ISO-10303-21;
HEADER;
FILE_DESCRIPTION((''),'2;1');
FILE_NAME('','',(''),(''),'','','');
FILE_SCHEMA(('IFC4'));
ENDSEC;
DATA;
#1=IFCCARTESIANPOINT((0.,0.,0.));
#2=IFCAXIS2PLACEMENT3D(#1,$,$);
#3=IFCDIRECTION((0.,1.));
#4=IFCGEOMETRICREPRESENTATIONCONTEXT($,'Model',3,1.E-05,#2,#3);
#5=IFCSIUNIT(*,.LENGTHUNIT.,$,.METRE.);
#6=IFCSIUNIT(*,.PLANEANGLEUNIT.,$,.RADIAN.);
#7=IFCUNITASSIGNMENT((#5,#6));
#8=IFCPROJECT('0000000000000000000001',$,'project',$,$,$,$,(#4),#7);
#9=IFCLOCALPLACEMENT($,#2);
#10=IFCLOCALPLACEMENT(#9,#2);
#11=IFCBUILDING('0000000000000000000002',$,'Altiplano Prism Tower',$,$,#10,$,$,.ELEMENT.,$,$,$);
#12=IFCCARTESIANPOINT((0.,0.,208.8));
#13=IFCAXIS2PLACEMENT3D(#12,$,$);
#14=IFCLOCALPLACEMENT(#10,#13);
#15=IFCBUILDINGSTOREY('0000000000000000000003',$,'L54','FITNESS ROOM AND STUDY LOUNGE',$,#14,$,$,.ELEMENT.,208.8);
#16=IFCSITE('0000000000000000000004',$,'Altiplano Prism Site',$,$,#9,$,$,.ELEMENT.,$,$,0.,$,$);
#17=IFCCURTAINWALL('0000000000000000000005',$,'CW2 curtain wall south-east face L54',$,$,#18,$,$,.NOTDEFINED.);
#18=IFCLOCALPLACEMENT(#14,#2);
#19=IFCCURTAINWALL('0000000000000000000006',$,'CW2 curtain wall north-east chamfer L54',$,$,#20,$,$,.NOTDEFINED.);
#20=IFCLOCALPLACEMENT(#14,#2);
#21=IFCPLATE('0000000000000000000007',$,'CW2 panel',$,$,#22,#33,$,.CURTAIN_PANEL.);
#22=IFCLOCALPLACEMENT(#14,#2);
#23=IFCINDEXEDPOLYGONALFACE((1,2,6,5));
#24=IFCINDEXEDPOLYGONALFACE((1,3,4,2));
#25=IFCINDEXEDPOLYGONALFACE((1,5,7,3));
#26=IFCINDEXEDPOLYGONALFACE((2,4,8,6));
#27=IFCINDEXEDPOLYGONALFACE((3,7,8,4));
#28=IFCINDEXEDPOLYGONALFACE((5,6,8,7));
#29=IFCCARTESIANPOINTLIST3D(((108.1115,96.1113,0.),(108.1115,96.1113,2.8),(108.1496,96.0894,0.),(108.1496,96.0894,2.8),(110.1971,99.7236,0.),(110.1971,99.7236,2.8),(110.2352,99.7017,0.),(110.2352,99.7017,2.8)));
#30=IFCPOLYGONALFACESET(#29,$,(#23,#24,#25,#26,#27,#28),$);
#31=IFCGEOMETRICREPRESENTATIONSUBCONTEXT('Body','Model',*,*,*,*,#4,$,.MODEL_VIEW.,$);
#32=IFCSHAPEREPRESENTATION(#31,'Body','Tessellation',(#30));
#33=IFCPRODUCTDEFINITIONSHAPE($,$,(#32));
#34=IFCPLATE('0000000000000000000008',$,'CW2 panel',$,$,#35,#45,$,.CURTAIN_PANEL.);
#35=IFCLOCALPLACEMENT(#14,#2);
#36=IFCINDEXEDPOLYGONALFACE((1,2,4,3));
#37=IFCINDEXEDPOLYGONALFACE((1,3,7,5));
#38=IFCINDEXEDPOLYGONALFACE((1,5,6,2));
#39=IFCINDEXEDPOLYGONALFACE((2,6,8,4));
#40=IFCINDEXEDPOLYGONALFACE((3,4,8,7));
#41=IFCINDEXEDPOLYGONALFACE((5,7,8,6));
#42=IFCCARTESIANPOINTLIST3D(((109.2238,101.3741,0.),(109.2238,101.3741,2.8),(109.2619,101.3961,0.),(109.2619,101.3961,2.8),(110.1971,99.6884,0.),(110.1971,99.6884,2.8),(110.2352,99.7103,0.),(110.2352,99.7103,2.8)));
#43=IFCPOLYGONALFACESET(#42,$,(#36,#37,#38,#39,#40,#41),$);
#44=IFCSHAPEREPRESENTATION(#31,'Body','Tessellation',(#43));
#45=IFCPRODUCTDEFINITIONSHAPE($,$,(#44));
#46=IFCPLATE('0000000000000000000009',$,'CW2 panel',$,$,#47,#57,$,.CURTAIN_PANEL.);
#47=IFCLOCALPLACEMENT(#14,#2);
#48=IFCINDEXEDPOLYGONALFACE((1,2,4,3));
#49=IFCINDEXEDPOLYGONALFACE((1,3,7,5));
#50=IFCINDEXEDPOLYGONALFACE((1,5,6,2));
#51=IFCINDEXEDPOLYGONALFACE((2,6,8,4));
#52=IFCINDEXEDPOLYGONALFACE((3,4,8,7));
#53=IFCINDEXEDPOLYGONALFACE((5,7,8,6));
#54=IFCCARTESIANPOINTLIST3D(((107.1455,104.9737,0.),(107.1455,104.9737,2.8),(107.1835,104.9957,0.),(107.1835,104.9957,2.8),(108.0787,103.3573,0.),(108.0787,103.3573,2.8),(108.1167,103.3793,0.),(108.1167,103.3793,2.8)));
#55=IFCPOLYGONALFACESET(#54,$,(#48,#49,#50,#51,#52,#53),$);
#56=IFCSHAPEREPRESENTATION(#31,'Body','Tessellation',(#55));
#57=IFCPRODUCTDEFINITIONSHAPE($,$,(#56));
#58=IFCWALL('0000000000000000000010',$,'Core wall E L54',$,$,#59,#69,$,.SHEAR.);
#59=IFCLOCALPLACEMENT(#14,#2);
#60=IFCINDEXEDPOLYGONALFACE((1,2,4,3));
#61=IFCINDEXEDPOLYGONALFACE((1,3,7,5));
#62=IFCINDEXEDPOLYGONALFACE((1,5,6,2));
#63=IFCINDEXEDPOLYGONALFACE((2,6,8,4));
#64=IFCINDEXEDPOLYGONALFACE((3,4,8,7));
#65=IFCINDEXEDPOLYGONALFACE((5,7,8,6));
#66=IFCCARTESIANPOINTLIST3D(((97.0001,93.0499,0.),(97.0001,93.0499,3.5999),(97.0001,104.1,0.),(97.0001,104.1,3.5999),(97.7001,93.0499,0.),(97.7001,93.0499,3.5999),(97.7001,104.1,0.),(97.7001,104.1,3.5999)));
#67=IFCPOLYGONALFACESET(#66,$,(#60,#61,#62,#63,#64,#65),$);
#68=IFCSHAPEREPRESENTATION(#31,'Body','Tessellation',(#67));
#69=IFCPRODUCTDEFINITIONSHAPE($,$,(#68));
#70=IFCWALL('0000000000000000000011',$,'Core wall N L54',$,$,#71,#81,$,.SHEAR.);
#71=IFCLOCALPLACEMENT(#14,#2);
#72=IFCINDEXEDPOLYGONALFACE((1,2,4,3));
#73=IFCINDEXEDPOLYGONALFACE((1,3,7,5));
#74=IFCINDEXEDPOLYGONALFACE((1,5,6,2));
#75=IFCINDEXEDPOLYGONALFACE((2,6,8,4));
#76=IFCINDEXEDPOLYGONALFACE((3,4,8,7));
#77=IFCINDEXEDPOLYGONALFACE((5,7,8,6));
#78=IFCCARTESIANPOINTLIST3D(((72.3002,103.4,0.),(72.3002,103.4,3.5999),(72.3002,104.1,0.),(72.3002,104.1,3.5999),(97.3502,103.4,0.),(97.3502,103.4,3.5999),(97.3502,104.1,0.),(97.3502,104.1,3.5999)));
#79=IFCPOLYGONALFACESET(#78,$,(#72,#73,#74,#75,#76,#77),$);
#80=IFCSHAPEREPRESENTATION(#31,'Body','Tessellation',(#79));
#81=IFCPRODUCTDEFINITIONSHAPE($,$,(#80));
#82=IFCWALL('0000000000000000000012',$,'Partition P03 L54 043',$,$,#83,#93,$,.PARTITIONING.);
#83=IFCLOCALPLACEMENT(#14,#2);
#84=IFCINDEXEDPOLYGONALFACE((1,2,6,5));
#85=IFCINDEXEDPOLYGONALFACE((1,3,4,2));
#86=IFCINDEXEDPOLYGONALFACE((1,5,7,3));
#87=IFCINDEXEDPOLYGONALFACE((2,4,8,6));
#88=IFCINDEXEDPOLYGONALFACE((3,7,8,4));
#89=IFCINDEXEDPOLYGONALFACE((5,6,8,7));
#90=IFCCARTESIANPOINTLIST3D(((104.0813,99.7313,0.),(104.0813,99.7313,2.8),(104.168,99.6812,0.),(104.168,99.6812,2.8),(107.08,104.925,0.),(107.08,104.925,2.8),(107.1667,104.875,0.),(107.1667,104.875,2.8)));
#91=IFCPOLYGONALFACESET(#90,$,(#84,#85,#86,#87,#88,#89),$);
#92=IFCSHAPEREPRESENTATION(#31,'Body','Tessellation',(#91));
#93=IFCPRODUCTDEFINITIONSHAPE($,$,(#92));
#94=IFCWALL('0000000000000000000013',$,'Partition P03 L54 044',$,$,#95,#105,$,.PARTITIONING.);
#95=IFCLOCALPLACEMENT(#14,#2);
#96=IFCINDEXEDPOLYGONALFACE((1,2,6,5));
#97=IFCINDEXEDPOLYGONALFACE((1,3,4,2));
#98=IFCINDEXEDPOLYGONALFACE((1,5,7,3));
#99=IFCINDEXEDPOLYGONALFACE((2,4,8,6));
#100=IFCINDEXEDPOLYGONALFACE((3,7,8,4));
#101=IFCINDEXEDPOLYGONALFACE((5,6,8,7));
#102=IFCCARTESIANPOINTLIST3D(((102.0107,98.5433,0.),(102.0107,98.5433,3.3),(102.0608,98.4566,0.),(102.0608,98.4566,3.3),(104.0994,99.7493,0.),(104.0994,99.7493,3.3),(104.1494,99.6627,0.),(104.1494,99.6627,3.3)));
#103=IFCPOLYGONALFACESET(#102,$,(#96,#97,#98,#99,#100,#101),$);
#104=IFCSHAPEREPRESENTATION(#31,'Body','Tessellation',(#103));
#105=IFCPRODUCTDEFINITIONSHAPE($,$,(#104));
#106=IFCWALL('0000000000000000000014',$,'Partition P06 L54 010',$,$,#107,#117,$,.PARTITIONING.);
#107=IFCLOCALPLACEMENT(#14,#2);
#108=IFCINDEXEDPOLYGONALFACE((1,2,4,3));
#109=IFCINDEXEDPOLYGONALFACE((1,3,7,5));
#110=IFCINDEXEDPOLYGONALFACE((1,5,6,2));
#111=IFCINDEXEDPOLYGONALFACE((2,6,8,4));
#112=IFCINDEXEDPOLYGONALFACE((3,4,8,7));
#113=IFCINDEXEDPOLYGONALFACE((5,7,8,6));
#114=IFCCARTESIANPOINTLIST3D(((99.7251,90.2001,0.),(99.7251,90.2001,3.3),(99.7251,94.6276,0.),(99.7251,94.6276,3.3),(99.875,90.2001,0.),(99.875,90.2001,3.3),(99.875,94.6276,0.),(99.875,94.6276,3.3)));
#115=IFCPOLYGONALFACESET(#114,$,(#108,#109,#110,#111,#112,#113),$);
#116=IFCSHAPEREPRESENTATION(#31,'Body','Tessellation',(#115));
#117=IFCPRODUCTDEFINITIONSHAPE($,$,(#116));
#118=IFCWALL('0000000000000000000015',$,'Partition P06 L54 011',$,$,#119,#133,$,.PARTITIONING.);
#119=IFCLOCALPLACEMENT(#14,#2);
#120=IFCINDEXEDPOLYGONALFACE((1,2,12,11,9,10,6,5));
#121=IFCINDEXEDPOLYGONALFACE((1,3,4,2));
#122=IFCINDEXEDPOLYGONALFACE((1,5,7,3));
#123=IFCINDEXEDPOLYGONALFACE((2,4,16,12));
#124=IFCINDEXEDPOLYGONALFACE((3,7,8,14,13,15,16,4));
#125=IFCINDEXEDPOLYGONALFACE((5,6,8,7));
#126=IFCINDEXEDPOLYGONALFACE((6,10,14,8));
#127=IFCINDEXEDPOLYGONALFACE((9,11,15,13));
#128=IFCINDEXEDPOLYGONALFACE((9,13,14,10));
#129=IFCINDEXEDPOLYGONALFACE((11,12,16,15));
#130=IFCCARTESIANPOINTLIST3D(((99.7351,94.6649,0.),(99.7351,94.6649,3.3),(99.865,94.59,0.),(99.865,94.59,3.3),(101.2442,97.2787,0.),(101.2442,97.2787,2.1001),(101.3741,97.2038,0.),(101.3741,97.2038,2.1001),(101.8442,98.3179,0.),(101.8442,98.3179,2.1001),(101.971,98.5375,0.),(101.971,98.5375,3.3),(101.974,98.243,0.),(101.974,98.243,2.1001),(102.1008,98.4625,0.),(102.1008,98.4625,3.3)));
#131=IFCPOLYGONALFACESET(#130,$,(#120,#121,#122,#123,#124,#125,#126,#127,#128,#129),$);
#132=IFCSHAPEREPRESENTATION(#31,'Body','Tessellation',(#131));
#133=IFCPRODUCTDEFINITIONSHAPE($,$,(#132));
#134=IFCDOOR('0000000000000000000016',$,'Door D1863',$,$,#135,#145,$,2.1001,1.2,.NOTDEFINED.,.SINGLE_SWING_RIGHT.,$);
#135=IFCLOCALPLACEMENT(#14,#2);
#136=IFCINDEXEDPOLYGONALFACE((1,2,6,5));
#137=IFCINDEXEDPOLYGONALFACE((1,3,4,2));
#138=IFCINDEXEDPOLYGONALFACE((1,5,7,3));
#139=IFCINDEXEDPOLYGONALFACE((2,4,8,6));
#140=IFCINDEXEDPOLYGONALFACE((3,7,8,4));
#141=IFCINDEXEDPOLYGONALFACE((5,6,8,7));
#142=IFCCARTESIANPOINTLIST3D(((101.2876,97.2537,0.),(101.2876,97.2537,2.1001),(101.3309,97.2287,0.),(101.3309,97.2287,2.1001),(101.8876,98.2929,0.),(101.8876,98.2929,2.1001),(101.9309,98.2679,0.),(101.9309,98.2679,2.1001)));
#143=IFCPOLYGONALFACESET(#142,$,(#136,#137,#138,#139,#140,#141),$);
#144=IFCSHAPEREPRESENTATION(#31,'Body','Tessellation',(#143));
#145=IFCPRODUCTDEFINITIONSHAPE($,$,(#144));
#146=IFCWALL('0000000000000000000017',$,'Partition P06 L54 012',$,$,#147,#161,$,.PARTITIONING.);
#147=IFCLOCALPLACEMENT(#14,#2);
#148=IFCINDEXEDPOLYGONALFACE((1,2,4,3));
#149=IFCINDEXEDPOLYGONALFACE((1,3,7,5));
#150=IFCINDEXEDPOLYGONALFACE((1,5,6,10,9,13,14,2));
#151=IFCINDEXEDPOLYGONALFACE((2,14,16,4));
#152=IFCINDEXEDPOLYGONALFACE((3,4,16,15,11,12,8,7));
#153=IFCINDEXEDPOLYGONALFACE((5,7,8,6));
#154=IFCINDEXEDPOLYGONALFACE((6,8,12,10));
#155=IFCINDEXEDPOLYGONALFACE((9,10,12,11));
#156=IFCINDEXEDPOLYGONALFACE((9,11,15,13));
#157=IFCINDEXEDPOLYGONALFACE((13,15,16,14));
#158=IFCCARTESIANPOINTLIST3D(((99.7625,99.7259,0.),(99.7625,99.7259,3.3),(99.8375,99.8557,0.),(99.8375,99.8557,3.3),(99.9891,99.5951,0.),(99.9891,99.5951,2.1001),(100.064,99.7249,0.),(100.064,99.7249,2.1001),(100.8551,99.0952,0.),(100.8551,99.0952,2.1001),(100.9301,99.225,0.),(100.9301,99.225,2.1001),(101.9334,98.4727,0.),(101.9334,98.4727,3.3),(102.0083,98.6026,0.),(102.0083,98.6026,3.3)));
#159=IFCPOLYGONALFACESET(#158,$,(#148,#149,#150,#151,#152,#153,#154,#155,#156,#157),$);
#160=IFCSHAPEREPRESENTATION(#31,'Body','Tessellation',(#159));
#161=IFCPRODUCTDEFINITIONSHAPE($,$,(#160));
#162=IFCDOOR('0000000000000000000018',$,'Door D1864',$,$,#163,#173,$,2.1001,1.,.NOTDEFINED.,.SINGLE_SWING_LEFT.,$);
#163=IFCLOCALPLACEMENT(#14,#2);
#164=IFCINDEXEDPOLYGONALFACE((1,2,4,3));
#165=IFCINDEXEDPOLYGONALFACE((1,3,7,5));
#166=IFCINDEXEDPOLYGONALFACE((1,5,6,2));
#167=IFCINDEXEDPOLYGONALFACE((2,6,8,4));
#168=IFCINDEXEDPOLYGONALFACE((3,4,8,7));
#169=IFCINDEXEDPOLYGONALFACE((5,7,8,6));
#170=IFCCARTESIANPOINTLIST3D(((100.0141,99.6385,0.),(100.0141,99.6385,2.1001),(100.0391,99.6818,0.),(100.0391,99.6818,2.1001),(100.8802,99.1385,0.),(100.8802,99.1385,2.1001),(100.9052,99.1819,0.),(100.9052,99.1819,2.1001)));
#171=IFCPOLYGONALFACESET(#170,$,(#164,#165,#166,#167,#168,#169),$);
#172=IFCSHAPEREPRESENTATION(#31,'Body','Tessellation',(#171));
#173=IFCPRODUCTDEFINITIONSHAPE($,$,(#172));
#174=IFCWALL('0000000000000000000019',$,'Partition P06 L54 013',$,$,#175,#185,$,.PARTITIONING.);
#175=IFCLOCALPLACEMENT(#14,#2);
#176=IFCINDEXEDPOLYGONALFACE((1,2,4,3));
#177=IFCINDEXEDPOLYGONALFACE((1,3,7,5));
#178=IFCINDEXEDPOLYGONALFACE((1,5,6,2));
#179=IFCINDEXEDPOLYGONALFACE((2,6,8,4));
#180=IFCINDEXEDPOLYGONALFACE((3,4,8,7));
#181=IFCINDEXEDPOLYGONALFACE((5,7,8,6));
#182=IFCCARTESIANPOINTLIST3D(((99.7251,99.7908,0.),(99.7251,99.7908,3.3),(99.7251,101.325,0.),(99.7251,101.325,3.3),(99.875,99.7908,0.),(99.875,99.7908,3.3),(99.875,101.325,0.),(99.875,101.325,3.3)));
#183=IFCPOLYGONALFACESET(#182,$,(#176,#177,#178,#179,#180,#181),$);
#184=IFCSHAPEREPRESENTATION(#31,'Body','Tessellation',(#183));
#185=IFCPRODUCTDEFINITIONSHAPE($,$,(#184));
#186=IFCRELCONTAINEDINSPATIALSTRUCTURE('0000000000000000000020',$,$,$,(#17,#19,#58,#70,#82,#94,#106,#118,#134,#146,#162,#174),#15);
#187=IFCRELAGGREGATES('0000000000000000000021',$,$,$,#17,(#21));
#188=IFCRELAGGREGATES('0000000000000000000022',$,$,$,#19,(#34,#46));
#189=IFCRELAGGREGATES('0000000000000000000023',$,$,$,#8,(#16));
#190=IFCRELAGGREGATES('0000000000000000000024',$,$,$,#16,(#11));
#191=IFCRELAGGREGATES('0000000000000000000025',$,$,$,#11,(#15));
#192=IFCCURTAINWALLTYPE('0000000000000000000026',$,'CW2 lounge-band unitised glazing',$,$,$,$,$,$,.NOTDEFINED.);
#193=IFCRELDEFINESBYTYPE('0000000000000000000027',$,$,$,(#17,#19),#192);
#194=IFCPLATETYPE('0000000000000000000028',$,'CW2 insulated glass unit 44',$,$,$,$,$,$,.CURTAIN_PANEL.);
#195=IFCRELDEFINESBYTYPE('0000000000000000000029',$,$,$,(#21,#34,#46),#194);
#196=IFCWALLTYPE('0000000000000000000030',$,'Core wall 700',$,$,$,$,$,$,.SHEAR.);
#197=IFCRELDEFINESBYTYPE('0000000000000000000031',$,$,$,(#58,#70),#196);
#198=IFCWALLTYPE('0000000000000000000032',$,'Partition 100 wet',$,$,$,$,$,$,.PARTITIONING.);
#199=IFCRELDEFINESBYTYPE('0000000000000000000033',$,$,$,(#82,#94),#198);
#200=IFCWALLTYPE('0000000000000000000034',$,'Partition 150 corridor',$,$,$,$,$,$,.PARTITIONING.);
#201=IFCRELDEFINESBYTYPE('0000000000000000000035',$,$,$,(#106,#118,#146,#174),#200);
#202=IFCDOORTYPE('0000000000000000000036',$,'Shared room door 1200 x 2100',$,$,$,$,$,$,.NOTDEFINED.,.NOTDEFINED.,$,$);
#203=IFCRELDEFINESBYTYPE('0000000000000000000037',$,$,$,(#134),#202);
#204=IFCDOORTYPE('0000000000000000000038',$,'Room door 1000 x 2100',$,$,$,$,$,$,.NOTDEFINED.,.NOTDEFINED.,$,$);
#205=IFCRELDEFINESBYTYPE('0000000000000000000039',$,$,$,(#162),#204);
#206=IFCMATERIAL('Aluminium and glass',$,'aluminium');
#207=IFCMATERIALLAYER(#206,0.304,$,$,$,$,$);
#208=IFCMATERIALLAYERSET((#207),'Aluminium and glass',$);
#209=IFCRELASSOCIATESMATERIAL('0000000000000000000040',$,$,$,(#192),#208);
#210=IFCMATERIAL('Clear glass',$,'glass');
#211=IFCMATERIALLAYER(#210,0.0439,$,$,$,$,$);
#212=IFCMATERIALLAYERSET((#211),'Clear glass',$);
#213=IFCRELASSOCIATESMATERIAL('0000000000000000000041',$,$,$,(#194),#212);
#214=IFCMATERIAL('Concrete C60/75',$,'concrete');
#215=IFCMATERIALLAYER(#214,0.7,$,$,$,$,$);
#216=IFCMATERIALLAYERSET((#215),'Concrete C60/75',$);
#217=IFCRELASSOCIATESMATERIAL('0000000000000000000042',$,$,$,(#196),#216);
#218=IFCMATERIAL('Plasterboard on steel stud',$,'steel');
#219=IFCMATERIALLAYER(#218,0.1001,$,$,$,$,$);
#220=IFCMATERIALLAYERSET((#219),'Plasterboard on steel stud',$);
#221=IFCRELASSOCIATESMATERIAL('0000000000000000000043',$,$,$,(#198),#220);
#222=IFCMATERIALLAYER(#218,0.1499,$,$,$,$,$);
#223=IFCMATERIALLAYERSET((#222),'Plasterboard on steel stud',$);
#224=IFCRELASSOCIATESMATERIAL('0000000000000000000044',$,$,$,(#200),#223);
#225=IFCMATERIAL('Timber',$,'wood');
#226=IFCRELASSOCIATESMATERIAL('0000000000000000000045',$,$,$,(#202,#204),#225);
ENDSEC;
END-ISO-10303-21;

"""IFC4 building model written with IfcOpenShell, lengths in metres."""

from ifc_helpers import new_model, si_unit, direction, frame, frame_2d, origin, origin_2d, place, context, subcontext, project, spatial, rectangle, extrude, material, layer, layer_set, type_object, element, fill, aggregate, save


model = new_model("IFC4")

# Units and contexts
model_context = context("Model", 3, precision=1e-05, world=origin(), true_north=direction((0.0, 1.0)))
body_context = subcontext(model_context, "Body", "Model", "MODEL_VIEW")
ifc_project = project(units=[si_unit("LENGTHUNIT", "METRE"), si_unit("PLANEANGLEUNIT", "RADIAN")], contexts=[model_context])

# Site, building, storey
site_placement = place(None, origin())
site = spatial("IfcSite", under=ifc_project, at=site_placement, Name="Altiplano Prism Site", CompositionType="ELEMENT", RefElevation=0.0)
building_placement = place(site_placement, origin())
building = spatial("IfcBuilding", under=site, at=building_placement, Name="Altiplano Prism Tower", CompositionType="ELEMENT")
storey_placement = place(building_placement, frame((0.0, 0.0, 208.8)))
storey = spatial("IfcBuildingStorey", under=building, at=storey_placement, Name="L54", Description="FITNESS ROOM AND STUDY LOUNGE", CompositionType="ELEMENT", Elevation=208.8)

# Shared definitions
ifc_material_1 = material(Name="Concrete C60/75", Category="concrete")

# Curtain walls
ifc_material_2 = material(Name="Aluminium and glass", Category="aluminium")
ifc_layer_1 = layer(ifc_material_2, 0.304)
ifc_layer_set_1 = layer_set([ifc_layer_1], Name="Aluminium and glass")
curtain_wall_type = type_object("IfcCurtainWallType", Name="CW2 lounge-band unitised glazing", PredefinedType="NOTDEFINED", material=ifc_layer_set_1)
curtain_wall_1_placement = place(storey_placement, origin())
curtain_wall_1 = element("IfcCurtainWall", 1, at=curtain_wall_1_placement, inside=storey, type_object=curtain_wall_type, Name="CW2 curtain wall south-east face L54", PredefinedType="NOTDEFINED")
curtain_wall_2_placement = place(storey_placement, origin())
curtain_wall_2 = element("IfcCurtainWall", 2, at=curtain_wall_2_placement, inside=storey, type_object=curtain_wall_type, Name="CW2 curtain wall north-east chamfer L54", PredefinedType="NOTDEFINED")

# Plates
ifc_material_3 = material(Name="Clear glass", Category="glass")
ifc_layer_2 = layer(ifc_material_3, 0.0439)
ifc_layer_set_2 = layer_set([ifc_layer_2], Name="Clear glass")
plate_type = type_object("IfcPlateType", Name="CW2 insulated glass unit 44", PredefinedType="CURTAIN_PANEL", material=ifc_layer_set_2)
plate_1_placement = place(storey_placement, frame((109.1733, 97.9065, 0.0), z_axis=(0.0, 0.0, 1.0), x_axis=(0.5, 0.866025, 0.0)))
plate_1 = element("IfcPlate", 3, at=plate_1_placement, type_object=plate_type, Name="CW2 panel", PredefinedType="CURTAIN_PANEL", context=body_context, shape_type="SweptSolid", body=[
    extrude(rectangle(XDim=4.1711, YDim=0.0439, at=origin_2d()), origin(), (0.0, 0.0, 1.0), 2.8),
])
aggregate(curtain_wall_1, [plate_1])
plate_2_placement = place(storey_placement, frame((109.7295, 100.5422, 0.0), z_axis=(0.0, 0.0, 1.0), x_axis=(-0.5, 0.866025, 0.0)))
plate_2 = element("IfcPlate", 4, at=plate_2_placement, type_object=plate_type, Name="CW2 panel", PredefinedType="CURTAIN_PANEL", context=body_context, shape_type="SweptSolid", body=[
    extrude(rectangle(XDim=1.9465, YDim=0.0439, at=origin_2d()), origin(), (0.0, 0.0, 1.0), 2.8),
])
plate_3_placement = place(storey_placement, frame((107.6311, 104.1765, 0.0), z_axis=(0.0, 0.0, 1.0), x_axis=(-0.5, 0.866025, 0.0)))
plate_3 = element("IfcPlate", 5, at=plate_3_placement, type_object=plate_type, Name="CW2 panel", PredefinedType="CURTAIN_PANEL", context=body_context, shape_type="SweptSolid", body=[
    extrude(rectangle(XDim=1.8665, YDim=0.0439, at=origin_2d()), origin(), (0.0, 0.0, 1.0), 2.8),
])
aggregate(curtain_wall_2, [plate_2, plate_3])

# Walls
ifc_layer_3 = layer(ifc_material_1, 0.7)
ifc_layer_set_3 = layer_set([ifc_layer_3], Name="Concrete C60/75")
wall_type_1 = type_object("IfcWallType", Name="Core wall 700", PredefinedType="SHEAR", material=ifc_layer_set_3)
wall_1_placement = place(storey_placement, frame((97.3501, 93.05, 0.0), z_axis=(0.0, 0.0, 1.0), x_axis=(0.0, 1.0, 0.0)))
element("IfcWall", 6, at=wall_1_placement, inside=storey, type_object=wall_type_1, Name="Core wall E L54", PredefinedType="SHEAR", context=body_context, shape_type="SweptSolid", body=[
    extrude(rectangle(XDim=11.05, YDim=0.7, at=frame_2d((5.5249, 0.0))), origin(), (0.0, 0.0, 1.0), 3.5999),
])
wall_2_placement = place(storey_placement, frame((97.3501, 103.75, 0.0), z_axis=(0.0, 0.0, 1.0), x_axis=(-1.0, 0.0, 0.0)))
element("IfcWall", 7, at=wall_2_placement, inside=storey, type_object=wall_type_1, Name="Core wall N L54", PredefinedType="SHEAR", context=body_context, shape_type="SweptSolid", body=[
    extrude(rectangle(XDim=25.05, YDim=0.7, at=frame_2d((12.5249, 0.0))), origin(), (0.0, 0.0, 1.0), 3.5999),
])
ifc_material_4 = material(Name="Plasterboard on steel stud", Category="steel")
ifc_layer_4 = layer(ifc_material_4, 0.1001)
ifc_layer_set_4 = layer_set([ifc_layer_4], Name="Plasterboard on steel stud")
wall_type_2 = type_object("IfcWallType", Name="Partition 100 wet", PredefinedType="PARTITIONING", material=ifc_layer_set_4)
wall_3_placement = place(storey_placement, frame((107.1233, 104.8999, 0.0), z_axis=(0.0, 0.0, 1.0), x_axis=(-0.500014, -0.866017, 0.0)))
element("IfcWall", 8, at=wall_3_placement, inside=storey, type_object=wall_type_2, Name="Partition P03 L54 043", PredefinedType="PARTITIONING", context=body_context, shape_type="SweptSolid", body=[
    extrude(rectangle(XDim=5.9973, YDim=0.1001, at=frame_2d((2.9985, 0.0))), origin(), (0.0, 0.0, 1.0), 2.8),
])
wall_4_placement = place(storey_placement, frame((104.1245, 99.7061, 0.0), z_axis=(0.0, 0.0, 1.0), x_axis=(-0.865992, -0.500058, 0.0)))
element("IfcWall", 9, at=wall_4_placement, inside=storey, type_object=wall_type_2, Name="Partition P03 L54 044", PredefinedType="PARTITIONING", context=body_context, shape_type="SweptSolid", body=[
    extrude(rectangle(XDim=2.4119, YDim=0.1001, at=frame_2d((1.2061, 0.0))), origin(), (0.0, 0.0, 1.0), 3.3),
])
ifc_layer_5 = layer(ifc_material_4, 0.1499)
ifc_layer_set_5 = layer_set([ifc_layer_5], Name="Plasterboard on steel stud")
wall_type_3 = type_object("IfcWallType", Name="Partition 150 corridor", PredefinedType="PARTITIONING", material=ifc_layer_set_5)
wall_5_placement = place(storey_placement, frame((99.8, 90.2, 0.0), z_axis=(0.0, 0.0, 1.0), x_axis=(0.0, 1.0, 0.0)))
element("IfcWall", 10, at=wall_5_placement, inside=storey, type_object=wall_type_3, Name="Partition P06 L54 010", PredefinedType="PARTITIONING", context=body_context, shape_type="SweptSolid", body=[
    extrude(rectangle(XDim=4.4275, YDim=0.1499, at=frame_2d((2.2139, 0.0))), origin(), (0.0, 0.0, 1.0), 3.3),
])

# Walls, openings, doors
wall_6_placement = place(storey_placement, frame((99.8, 94.6274, 0.0), z_axis=(0.0, 0.0, 1.0), x_axis=(0.500003, 0.866024, 0.0)))
wall_6 = element("IfcWall", 11, at=wall_6_placement, inside=storey, type_object=wall_type_3, Name="Partition P06 L54 011", PredefinedType="PARTITIONING", context=body_context, shape_type="SweptSolid", body=[
    extrude(rectangle(XDim=4.4717, YDim=0.1499, at=frame_2d((2.2358, 0.0))), origin(), (0.0, 0.0, 1.0), 3.3),
])
opening_1_placement = place(wall_6_placement, frame((3.0181, 0.0, 0.0)))
opening_1 = element("IfcOpeningElement", 12, at=opening_1_placement, cuts=wall_6, PredefinedType="OPENING", context=body_context, shape_type="SweptSolid", body=[
    extrude(rectangle(XDim=1.2, YDim=2.1001, at=frame_2d((0.6001, 1.05))), frame((0.0, 0.0854, 0.0), z_axis=(0.0, -1.0, 0.0), x_axis=(1.0, 0.0, 0.0)), (0.0, 0.0, 1.0), 0.1709),
])
ifc_material_5 = material(Name="Timber", Category="wood")
door_type_1 = type_object("IfcDoorType", Name="Shared room door 1200 x 2100", OperationType="NOTDEFINED", PredefinedType="NOTDEFINED", material=ifc_material_5)
door_1_placement = place(opening_1_placement, origin())
door_1 = element("IfcDoor", 13, at=door_1_placement, inside=storey, type_object=door_type_1, Name="Door D1863", OperationType="SINGLE_SWING_RIGHT", OverallHeight=2.1001, OverallWidth=1.2, PredefinedType="NOTDEFINED", context=body_context, shape_type="SweptSolid", body=[
    extrude(rectangle(XDim=1.2, YDim=2.1001, at=frame_2d((0.6001, 1.05))), frame((0.0, 0.0249, 0.0), z_axis=(0.0, -1.0, 0.0), x_axis=(1.0, 0.0, 0.0)), (0.0, 0.0, 1.0), 0.05),
])
fill(opening_1, door_1)
wall_7_placement = place(storey_placement, frame((101.9709, 98.5376, 0.0), z_axis=(0.0, 0.0, 1.0), x_axis=(-0.866059, 0.499942, 0.0)))
wall_7 = element("IfcWall", 14, at=wall_7_placement, inside=storey, type_object=wall_type_3, Name="Partition P06 L54 012", PredefinedType="PARTITIONING", context=body_context, shape_type="SweptSolid", body=[
    extrude(rectangle(XDim=2.5066, YDim=0.1499, at=frame_2d((1.2534, 0.0))), origin(), (0.0, 0.0, 1.0), 3.3),
])
opening_2_placement = place(wall_7_placement, frame((1.2451, 0.0, 0.0)))
opening_2 = element("IfcOpeningElement", 15, at=opening_2_placement, cuts=wall_7, PredefinedType="OPENING", context=body_context, shape_type="SweptSolid", body=[
    extrude(rectangle(XDim=1.0, YDim=2.1001, at=frame_2d((0.5, 1.05))), frame((0.0, 0.0854, 0.0), z_axis=(0.0, -1.0, 0.0), x_axis=(1.0, 0.0, 0.0)), (0.0, 0.0, 1.0), 0.1709),
])
door_type_2 = type_object("IfcDoorType", Name="Room door 1000 x 2100", OperationType="NOTDEFINED", PredefinedType="NOTDEFINED", material=ifc_material_5)
door_2_placement = place(opening_2_placement, origin())
door_2 = element("IfcDoor", 16, at=door_2_placement, inside=storey, type_object=door_type_2, Name="Door D1864", OperationType="SINGLE_SWING_LEFT", OverallHeight=2.1001, OverallWidth=1.0, PredefinedType="NOTDEFINED", context=body_context, shape_type="SweptSolid", body=[
    extrude(rectangle(XDim=1.0, YDim=2.1001, at=frame_2d((0.5, 1.05))), frame((0.0, 0.0249, 0.0), z_axis=(0.0, -1.0, 0.0), x_axis=(1.0, 0.0, 0.0)), (0.0, 0.0, 1.0), 0.05),
])
fill(opening_2, door_2)

# Wall
wall_8_placement = place(storey_placement, frame((99.8, 99.7908, 0.0), z_axis=(0.0, 0.0, 1.0), x_axis=(0.0, 1.0, 0.0)))
element("IfcWall", 17, at=wall_8_placement, inside=storey, type_object=wall_type_3, Name="Partition P06 L54 013", PredefinedType="PARTITIONING", context=body_context, shape_type="SweptSolid", body=[
    extrude(rectangle(XDim=1.5342, YDim=0.1499, at=frame_2d((0.7671, 0.0))), origin(), (0.0, 0.0, 1.0), 3.3),
])

save(model, "model.ifc")
